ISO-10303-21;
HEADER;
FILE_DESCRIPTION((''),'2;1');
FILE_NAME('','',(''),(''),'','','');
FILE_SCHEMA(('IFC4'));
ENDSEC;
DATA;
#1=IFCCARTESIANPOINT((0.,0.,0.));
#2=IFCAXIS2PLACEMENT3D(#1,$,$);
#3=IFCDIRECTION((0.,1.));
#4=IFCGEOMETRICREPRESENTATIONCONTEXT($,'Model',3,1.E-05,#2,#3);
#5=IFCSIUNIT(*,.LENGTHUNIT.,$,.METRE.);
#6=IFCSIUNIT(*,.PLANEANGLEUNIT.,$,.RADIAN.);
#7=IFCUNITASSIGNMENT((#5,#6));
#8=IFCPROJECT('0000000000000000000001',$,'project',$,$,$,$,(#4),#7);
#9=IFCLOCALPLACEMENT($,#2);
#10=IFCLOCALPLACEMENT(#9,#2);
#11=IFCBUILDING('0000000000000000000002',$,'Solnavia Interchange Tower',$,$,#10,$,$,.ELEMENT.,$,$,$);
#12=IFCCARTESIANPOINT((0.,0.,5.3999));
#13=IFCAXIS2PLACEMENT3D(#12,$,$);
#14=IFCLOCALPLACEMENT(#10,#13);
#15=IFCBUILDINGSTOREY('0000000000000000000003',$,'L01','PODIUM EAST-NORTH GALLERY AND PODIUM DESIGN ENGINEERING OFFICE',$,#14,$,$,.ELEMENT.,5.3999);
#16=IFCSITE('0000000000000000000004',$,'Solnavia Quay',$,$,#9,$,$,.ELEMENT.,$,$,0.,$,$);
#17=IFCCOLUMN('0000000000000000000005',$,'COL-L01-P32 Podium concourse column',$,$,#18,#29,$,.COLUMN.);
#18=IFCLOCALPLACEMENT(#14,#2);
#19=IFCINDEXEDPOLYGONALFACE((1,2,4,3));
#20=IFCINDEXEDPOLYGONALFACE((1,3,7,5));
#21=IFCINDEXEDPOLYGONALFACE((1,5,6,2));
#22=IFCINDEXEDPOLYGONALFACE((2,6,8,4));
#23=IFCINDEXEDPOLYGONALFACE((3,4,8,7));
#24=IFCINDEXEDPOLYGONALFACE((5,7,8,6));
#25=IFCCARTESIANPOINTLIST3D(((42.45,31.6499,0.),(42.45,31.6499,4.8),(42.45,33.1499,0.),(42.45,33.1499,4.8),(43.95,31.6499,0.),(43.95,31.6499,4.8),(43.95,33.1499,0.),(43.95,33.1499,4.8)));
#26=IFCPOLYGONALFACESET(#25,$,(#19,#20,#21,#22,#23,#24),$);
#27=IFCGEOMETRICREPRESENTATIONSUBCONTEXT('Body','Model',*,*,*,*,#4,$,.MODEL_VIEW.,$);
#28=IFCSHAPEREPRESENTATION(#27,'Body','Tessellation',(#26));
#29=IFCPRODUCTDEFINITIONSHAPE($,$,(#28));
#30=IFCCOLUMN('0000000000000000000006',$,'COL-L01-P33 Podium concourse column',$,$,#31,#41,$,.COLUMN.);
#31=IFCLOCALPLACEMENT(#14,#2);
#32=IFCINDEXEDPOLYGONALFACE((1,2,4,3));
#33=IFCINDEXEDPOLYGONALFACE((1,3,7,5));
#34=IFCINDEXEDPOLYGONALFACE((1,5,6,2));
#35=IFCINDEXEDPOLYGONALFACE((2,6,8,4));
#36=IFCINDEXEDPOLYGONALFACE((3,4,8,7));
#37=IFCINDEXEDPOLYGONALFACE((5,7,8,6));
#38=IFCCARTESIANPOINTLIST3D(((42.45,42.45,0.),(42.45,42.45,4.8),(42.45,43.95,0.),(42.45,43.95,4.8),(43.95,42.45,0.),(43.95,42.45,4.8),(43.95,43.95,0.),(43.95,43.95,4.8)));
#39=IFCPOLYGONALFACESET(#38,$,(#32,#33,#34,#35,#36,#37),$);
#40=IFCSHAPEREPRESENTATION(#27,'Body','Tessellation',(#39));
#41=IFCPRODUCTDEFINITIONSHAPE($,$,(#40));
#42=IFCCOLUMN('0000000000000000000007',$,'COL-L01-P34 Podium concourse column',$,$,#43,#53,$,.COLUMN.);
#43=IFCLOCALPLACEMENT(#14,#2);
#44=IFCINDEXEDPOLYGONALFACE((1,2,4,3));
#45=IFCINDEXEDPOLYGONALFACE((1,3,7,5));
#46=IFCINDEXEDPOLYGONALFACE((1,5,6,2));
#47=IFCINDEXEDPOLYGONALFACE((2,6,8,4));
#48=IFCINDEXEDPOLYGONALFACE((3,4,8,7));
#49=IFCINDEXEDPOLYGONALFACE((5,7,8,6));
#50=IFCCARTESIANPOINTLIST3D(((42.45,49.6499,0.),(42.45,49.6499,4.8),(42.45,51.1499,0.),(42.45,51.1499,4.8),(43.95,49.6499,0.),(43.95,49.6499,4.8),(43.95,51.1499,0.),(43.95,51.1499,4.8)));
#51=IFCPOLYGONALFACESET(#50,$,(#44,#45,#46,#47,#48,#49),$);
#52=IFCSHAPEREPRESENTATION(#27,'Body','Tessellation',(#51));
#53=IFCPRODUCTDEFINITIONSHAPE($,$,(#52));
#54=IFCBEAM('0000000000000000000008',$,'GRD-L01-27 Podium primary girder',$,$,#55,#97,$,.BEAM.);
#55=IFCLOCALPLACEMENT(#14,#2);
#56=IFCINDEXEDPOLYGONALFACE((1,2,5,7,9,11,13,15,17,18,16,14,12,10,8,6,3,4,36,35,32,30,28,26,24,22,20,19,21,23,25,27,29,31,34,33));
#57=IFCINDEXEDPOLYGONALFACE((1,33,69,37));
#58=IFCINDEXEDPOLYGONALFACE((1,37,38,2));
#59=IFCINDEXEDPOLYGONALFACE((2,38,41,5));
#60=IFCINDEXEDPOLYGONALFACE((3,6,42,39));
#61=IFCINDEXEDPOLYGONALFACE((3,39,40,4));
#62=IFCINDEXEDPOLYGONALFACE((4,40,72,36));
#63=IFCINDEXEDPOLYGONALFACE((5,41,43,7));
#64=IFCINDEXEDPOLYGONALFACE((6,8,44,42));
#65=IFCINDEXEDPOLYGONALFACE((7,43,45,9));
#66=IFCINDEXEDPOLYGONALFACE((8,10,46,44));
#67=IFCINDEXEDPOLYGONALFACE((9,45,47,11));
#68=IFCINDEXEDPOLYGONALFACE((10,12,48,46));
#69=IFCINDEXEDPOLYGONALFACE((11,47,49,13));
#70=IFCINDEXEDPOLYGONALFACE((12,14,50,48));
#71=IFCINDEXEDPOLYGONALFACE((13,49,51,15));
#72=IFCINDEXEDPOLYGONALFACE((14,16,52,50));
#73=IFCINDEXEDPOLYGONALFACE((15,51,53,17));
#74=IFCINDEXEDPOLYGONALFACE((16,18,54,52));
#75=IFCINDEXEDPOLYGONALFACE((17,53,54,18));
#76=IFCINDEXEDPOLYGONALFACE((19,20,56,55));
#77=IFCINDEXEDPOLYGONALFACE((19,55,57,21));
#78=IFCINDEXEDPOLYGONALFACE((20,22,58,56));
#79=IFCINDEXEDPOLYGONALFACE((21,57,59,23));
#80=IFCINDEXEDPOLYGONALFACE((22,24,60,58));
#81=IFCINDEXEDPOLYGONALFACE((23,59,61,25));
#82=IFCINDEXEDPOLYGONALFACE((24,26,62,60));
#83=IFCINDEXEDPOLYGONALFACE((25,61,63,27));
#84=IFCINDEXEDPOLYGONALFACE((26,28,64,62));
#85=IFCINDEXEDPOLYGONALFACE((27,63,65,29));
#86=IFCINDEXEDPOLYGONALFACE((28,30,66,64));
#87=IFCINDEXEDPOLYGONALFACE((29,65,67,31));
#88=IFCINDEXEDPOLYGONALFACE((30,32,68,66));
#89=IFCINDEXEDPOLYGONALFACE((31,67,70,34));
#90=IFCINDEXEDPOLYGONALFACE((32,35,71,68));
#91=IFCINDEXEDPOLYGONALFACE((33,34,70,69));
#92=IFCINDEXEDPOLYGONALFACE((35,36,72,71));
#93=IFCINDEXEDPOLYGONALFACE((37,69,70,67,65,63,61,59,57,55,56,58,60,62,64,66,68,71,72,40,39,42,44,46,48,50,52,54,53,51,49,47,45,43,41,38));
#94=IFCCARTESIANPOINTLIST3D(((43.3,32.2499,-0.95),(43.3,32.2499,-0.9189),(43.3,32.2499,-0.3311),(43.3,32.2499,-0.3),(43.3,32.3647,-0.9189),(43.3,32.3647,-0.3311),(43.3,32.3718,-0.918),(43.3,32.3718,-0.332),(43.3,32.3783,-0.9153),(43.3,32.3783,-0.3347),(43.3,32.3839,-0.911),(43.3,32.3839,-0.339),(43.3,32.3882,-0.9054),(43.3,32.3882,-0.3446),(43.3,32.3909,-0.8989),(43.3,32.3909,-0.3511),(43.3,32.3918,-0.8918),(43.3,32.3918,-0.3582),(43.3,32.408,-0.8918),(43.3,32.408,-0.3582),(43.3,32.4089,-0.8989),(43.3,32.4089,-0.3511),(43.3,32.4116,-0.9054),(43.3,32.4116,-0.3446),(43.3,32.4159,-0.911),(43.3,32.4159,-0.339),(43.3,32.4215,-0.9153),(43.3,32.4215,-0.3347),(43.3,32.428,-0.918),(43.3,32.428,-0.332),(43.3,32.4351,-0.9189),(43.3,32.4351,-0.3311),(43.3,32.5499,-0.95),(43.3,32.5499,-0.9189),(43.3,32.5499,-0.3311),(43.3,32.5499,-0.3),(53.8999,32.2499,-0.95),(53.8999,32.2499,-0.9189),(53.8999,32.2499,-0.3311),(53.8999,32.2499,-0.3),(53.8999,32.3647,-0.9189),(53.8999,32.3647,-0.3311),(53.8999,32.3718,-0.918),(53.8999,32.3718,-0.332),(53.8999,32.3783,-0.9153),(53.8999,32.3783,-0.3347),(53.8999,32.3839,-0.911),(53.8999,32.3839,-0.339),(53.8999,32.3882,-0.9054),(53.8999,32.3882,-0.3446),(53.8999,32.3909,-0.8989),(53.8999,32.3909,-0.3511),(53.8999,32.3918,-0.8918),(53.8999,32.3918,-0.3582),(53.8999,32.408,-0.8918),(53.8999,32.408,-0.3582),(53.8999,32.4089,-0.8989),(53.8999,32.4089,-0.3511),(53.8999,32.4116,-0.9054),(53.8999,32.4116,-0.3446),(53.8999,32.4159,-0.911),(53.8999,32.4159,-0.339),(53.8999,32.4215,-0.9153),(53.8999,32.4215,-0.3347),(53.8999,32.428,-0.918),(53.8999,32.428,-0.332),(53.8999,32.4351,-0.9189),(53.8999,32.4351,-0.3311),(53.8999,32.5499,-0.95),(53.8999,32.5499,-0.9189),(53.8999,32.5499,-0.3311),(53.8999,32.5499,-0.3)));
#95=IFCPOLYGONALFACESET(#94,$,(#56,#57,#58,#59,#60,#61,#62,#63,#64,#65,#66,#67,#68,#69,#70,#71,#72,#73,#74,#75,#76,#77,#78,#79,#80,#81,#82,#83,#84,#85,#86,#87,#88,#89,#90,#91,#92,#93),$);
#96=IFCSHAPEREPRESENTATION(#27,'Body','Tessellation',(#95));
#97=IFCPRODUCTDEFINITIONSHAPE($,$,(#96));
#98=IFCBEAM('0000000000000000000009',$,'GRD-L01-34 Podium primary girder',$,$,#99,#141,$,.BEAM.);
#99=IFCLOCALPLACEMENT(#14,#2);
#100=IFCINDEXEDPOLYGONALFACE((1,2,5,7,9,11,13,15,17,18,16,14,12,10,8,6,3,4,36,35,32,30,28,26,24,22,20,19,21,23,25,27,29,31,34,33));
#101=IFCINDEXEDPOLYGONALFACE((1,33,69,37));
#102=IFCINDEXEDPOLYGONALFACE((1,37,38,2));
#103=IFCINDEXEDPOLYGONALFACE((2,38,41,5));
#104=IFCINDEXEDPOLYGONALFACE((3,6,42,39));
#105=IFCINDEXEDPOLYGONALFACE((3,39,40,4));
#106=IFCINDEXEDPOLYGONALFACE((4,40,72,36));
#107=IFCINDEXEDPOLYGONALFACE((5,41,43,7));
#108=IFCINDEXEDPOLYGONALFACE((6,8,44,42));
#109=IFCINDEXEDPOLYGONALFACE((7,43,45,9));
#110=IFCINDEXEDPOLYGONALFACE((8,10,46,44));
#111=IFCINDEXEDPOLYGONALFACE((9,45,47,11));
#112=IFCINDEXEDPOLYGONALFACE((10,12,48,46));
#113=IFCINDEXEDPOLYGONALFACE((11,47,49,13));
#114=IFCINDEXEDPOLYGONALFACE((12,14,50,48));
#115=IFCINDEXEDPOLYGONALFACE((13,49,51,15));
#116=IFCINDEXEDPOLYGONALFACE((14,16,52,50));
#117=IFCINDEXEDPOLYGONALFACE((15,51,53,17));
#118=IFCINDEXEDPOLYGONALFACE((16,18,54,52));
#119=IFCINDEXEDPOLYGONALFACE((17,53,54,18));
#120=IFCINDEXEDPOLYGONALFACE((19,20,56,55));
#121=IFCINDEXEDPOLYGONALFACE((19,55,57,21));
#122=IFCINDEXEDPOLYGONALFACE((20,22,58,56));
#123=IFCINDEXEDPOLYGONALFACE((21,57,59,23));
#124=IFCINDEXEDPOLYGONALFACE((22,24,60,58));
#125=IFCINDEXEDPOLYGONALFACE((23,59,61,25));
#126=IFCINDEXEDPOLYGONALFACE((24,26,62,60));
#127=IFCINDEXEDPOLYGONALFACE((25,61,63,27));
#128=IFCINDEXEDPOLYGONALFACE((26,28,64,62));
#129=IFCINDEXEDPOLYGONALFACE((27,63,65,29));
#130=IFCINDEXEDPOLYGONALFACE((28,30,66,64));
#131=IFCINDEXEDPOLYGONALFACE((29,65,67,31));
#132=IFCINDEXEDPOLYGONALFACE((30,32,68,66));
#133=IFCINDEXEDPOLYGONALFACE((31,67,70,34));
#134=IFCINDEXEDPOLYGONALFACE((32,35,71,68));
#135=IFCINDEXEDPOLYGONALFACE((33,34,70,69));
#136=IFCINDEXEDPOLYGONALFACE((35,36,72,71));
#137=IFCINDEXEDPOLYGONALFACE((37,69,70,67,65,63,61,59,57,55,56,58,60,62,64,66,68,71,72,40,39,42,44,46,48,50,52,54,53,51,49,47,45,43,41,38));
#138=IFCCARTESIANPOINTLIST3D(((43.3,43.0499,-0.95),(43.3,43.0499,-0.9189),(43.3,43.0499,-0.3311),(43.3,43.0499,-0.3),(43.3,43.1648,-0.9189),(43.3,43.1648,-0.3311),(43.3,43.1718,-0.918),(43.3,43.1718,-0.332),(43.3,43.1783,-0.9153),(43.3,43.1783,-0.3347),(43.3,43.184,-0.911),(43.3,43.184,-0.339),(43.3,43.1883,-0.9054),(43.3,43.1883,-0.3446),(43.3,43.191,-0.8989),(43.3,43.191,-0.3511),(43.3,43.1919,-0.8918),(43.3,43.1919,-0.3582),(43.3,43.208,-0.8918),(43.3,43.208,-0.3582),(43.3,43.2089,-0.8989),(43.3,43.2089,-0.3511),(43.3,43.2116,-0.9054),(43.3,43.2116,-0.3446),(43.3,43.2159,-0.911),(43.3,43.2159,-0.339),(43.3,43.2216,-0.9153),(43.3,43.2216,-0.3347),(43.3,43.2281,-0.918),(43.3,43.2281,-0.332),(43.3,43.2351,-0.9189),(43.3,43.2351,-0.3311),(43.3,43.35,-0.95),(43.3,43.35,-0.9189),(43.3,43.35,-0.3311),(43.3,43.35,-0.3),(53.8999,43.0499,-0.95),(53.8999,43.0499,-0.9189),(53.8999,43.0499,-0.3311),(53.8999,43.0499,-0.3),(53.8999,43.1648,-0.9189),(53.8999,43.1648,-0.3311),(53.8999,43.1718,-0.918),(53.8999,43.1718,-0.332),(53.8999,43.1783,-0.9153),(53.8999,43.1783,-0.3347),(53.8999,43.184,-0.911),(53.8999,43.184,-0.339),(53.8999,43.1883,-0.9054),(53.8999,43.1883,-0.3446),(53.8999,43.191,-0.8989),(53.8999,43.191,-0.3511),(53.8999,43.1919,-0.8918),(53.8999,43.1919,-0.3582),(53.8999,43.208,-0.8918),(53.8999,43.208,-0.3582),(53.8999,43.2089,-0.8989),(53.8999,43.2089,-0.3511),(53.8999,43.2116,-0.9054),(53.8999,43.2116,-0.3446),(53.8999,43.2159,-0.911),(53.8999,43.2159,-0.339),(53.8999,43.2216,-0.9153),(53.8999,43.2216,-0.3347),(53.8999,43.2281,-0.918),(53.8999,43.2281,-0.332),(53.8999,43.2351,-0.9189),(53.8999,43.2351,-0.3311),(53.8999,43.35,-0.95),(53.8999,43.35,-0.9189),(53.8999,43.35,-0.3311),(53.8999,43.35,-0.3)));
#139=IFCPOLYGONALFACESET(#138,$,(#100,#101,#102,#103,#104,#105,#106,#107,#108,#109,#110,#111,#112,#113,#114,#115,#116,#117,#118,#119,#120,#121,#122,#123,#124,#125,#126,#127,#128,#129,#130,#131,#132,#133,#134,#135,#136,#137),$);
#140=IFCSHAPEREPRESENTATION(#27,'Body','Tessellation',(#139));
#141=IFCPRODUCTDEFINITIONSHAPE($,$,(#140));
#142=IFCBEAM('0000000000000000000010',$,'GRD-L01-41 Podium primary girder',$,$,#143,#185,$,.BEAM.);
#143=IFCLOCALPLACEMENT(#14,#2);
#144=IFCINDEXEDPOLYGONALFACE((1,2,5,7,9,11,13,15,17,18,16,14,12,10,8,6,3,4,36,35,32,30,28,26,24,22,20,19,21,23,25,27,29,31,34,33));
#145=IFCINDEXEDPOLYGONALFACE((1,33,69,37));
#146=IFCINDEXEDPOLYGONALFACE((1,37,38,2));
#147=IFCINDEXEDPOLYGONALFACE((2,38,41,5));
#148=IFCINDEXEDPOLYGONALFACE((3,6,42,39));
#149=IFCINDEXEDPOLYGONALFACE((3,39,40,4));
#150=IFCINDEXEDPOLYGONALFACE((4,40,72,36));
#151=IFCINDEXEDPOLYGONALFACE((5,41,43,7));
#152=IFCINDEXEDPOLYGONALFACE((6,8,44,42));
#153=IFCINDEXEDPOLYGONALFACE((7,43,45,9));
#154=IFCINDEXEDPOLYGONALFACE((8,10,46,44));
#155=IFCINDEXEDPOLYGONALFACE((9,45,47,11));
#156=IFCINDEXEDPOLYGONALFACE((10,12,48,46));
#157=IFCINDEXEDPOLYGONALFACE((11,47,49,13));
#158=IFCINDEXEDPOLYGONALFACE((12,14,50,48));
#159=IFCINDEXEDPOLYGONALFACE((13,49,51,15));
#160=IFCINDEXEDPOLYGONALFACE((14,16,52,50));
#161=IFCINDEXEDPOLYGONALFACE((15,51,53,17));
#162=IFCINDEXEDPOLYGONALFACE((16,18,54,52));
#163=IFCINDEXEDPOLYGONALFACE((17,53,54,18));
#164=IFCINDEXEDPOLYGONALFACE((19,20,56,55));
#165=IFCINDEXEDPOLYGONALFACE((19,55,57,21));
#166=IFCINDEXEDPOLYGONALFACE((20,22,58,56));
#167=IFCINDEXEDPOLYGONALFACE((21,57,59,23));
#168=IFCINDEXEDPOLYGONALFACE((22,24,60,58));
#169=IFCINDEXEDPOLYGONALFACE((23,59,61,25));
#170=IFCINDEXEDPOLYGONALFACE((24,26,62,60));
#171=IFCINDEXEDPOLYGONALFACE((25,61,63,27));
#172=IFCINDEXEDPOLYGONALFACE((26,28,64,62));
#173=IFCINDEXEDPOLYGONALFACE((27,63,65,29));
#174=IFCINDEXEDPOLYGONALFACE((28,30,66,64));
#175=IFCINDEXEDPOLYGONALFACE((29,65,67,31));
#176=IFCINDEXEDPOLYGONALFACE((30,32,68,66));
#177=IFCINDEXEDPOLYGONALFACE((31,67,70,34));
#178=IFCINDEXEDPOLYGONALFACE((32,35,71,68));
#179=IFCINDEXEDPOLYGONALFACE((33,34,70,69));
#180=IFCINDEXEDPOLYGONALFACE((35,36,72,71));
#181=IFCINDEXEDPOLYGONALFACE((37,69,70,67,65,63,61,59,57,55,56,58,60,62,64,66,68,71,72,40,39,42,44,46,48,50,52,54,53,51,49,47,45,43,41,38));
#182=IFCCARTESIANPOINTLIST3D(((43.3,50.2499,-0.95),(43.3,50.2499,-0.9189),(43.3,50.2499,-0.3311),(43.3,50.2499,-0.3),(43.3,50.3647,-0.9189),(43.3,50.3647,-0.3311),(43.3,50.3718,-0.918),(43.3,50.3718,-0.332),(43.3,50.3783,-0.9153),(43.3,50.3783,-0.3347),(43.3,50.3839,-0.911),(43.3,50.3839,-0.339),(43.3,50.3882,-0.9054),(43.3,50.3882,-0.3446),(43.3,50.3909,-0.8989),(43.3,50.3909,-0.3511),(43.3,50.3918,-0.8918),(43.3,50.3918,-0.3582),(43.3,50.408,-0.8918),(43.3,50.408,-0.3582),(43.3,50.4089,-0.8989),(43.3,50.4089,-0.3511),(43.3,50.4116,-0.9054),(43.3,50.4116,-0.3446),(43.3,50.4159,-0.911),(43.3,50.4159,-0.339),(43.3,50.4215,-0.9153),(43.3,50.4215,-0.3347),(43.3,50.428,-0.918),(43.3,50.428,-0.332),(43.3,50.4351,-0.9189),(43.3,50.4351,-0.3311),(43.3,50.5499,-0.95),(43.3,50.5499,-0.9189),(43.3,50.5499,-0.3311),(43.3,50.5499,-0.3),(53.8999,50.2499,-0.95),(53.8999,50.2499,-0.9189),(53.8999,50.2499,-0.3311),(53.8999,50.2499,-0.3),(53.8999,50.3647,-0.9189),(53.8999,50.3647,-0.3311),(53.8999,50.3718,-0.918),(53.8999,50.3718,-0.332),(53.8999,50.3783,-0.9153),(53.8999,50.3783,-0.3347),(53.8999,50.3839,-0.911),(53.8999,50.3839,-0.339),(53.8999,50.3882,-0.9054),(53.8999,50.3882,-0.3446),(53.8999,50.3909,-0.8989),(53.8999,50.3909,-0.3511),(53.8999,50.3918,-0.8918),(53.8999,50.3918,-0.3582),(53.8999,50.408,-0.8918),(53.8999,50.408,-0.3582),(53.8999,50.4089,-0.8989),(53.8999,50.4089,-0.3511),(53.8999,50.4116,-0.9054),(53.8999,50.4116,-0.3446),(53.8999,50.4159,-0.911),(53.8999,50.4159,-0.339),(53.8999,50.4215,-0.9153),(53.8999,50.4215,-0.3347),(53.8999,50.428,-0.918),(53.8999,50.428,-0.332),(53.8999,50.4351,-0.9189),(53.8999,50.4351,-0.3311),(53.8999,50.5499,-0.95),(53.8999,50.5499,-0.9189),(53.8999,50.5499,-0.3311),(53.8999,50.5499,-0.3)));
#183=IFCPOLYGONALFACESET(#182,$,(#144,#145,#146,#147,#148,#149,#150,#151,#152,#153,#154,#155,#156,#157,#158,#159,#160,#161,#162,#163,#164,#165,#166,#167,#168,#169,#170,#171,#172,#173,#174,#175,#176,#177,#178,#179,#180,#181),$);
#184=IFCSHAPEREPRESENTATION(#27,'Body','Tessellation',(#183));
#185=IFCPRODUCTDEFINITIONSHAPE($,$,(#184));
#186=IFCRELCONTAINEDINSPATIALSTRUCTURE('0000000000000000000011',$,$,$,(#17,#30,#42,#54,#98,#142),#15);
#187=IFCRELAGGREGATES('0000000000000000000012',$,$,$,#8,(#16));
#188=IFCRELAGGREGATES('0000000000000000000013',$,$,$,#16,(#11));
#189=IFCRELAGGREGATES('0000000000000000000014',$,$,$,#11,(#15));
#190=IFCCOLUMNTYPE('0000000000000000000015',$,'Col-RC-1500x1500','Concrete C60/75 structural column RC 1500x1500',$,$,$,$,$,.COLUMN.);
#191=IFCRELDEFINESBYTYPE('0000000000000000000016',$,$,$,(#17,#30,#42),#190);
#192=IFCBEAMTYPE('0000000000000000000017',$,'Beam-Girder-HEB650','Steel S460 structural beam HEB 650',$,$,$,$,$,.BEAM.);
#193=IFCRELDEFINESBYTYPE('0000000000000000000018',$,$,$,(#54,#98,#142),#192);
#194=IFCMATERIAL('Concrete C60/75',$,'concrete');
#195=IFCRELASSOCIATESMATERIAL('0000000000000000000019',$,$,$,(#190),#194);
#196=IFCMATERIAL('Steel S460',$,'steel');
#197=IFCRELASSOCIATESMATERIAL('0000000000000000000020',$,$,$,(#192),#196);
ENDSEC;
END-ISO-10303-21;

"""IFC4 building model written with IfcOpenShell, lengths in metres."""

from ifc_helpers import new_model, si_unit, direction, frame, origin, origin_2d, place, context, subcontext, project, spatial, rectangle, i_section, extrude, material, material_profile, profile_set, type_object, element, save


model = new_model("IFC4")

# Units and contexts
model_context = context("Model", 3, precision=1e-05, world=origin(), true_north=direction((0.0, 1.0)))
body_context = subcontext(model_context, "Body", "Model", "MODEL_VIEW")
ifc_project = project(units=[si_unit("LENGTHUNIT", "METRE"), si_unit("PLANEANGLEUNIT", "RADIAN")], contexts=[model_context])

# Site, building, storey
site_placement = place(None, origin())
site = spatial("IfcSite", under=ifc_project, at=site_placement, Name="Solnavia Quay", CompositionType="ELEMENT", RefElevation=0.0)
building_placement = place(site_placement, origin())
building = spatial("IfcBuilding", under=site, at=building_placement, Name="Solnavia Interchange Tower", CompositionType="ELEMENT")
storey_placement = place(building_placement, frame((0.0, 0.0, 5.3999)))
storey = spatial("IfcBuildingStorey", under=building, at=storey_placement, Name="L01", Description="PODIUM EAST-NORTH GALLERY AND PODIUM DESIGN ENGINEERING OFFICE", CompositionType="ELEMENT", Elevation=5.3999)

# Columns
ifc_material_1 = material(Name="Concrete C60/75", Category="concrete")
ifc_material_profile_1 = material_profile(ifc_material_1, rectangle(XDim=1.5, YDim=1.5, at=origin_2d()), Name="RC 1500x1500")
ifc_profile_set_1 = profile_set([ifc_material_profile_1], Name="Concrete C60/75")
column_type = type_object("IfcColumnType", Name="Col-RC-1500x1500", Description="Concrete C60/75 structural column RC 1500x1500", PredefinedType="COLUMN", material=ifc_profile_set_1)
for number, where, z_axis, x_axis, name in (
    (1, (43.2, 32.3999, 0.0), (0.0, 0.0, 1.0), (1.0, 0.0, 0.0), "COL-L01-P32 Podium concourse column"),
    (2, (43.2, 43.2, 0.0), (0.0, 0.0, 1.0), (1.0, 0.0, 0.0), "COL-L01-P33 Podium concourse column"),
    (3, (43.2, 50.3999, 0.0), (0.0, 0.0, 1.0), (1.0, 0.0, 0.0), "COL-L01-P34 Podium concourse column"),
):
    element("IfcColumn", number, at=place(storey_placement, frame(where, z_axis=z_axis, x_axis=x_axis)), inside=storey, type_object=column_type, Name=name, PredefinedType="COLUMN", context=body_context, shape_type="SweptSolid", body=[
        extrude(rectangle(XDim=1.5, YDim=1.5, at=origin_2d()), origin(), (0.0, 0.0, 1.0), 4.8),
    ])

# Beams
ifc_material_2 = material(Name="Steel S460", Category="steel")
ifc_material_profile_2 = material_profile(ifc_material_2, i_section(OverallWidth=0.3, OverallDepth=0.6499, WebThickness=0.0161, FlangeThickness=0.031, FilletRadius=0.0271, at=origin_2d()), Name="HEB 650")
ifc_profile_set_2 = profile_set([ifc_material_profile_2], Name="Steel S460")
beam_type_1 = type_object("IfcBeamType", Name="Beam-Girder-HEB650", Description="Steel S460 structural beam HEB 650", PredefinedType="BEAM", material=ifc_profile_set_2)
for number, where, z_axis, x_axis, name in (
    (4, (43.3, 32.3999, -0.625), (1.0, 0.0, 0.0), (0.0, 1.0, 0.0), "GRD-L01-27 Podium primary girder"),
    (5, (43.3, 43.2, -0.625), (1.0, 0.0, 0.0), (0.0, 1.0, 0.0), "GRD-L01-34 Podium primary girder"),
    (6, (43.3, 50.3999, -0.625), (1.0, 0.0, 0.0), (0.0, 1.0, 0.0), "GRD-L01-41 Podium primary girder"),
):
    element("IfcBeam", number, at=place(storey_placement, frame(where, z_axis=z_axis, x_axis=x_axis)), inside=storey, type_object=beam_type_1, Name=name, PredefinedType="BEAM", context=body_context, shape_type="SweptSolid", body=[
        extrude(i_section(OverallWidth=0.3, OverallDepth=0.6499, WebThickness=0.0161, FlangeThickness=0.031, FilletRadius=0.0271, at=origin_2d()), origin(), (0.0, 0.0, 1.0), 10.5999),
    ])

save(model, "model.ifc")
